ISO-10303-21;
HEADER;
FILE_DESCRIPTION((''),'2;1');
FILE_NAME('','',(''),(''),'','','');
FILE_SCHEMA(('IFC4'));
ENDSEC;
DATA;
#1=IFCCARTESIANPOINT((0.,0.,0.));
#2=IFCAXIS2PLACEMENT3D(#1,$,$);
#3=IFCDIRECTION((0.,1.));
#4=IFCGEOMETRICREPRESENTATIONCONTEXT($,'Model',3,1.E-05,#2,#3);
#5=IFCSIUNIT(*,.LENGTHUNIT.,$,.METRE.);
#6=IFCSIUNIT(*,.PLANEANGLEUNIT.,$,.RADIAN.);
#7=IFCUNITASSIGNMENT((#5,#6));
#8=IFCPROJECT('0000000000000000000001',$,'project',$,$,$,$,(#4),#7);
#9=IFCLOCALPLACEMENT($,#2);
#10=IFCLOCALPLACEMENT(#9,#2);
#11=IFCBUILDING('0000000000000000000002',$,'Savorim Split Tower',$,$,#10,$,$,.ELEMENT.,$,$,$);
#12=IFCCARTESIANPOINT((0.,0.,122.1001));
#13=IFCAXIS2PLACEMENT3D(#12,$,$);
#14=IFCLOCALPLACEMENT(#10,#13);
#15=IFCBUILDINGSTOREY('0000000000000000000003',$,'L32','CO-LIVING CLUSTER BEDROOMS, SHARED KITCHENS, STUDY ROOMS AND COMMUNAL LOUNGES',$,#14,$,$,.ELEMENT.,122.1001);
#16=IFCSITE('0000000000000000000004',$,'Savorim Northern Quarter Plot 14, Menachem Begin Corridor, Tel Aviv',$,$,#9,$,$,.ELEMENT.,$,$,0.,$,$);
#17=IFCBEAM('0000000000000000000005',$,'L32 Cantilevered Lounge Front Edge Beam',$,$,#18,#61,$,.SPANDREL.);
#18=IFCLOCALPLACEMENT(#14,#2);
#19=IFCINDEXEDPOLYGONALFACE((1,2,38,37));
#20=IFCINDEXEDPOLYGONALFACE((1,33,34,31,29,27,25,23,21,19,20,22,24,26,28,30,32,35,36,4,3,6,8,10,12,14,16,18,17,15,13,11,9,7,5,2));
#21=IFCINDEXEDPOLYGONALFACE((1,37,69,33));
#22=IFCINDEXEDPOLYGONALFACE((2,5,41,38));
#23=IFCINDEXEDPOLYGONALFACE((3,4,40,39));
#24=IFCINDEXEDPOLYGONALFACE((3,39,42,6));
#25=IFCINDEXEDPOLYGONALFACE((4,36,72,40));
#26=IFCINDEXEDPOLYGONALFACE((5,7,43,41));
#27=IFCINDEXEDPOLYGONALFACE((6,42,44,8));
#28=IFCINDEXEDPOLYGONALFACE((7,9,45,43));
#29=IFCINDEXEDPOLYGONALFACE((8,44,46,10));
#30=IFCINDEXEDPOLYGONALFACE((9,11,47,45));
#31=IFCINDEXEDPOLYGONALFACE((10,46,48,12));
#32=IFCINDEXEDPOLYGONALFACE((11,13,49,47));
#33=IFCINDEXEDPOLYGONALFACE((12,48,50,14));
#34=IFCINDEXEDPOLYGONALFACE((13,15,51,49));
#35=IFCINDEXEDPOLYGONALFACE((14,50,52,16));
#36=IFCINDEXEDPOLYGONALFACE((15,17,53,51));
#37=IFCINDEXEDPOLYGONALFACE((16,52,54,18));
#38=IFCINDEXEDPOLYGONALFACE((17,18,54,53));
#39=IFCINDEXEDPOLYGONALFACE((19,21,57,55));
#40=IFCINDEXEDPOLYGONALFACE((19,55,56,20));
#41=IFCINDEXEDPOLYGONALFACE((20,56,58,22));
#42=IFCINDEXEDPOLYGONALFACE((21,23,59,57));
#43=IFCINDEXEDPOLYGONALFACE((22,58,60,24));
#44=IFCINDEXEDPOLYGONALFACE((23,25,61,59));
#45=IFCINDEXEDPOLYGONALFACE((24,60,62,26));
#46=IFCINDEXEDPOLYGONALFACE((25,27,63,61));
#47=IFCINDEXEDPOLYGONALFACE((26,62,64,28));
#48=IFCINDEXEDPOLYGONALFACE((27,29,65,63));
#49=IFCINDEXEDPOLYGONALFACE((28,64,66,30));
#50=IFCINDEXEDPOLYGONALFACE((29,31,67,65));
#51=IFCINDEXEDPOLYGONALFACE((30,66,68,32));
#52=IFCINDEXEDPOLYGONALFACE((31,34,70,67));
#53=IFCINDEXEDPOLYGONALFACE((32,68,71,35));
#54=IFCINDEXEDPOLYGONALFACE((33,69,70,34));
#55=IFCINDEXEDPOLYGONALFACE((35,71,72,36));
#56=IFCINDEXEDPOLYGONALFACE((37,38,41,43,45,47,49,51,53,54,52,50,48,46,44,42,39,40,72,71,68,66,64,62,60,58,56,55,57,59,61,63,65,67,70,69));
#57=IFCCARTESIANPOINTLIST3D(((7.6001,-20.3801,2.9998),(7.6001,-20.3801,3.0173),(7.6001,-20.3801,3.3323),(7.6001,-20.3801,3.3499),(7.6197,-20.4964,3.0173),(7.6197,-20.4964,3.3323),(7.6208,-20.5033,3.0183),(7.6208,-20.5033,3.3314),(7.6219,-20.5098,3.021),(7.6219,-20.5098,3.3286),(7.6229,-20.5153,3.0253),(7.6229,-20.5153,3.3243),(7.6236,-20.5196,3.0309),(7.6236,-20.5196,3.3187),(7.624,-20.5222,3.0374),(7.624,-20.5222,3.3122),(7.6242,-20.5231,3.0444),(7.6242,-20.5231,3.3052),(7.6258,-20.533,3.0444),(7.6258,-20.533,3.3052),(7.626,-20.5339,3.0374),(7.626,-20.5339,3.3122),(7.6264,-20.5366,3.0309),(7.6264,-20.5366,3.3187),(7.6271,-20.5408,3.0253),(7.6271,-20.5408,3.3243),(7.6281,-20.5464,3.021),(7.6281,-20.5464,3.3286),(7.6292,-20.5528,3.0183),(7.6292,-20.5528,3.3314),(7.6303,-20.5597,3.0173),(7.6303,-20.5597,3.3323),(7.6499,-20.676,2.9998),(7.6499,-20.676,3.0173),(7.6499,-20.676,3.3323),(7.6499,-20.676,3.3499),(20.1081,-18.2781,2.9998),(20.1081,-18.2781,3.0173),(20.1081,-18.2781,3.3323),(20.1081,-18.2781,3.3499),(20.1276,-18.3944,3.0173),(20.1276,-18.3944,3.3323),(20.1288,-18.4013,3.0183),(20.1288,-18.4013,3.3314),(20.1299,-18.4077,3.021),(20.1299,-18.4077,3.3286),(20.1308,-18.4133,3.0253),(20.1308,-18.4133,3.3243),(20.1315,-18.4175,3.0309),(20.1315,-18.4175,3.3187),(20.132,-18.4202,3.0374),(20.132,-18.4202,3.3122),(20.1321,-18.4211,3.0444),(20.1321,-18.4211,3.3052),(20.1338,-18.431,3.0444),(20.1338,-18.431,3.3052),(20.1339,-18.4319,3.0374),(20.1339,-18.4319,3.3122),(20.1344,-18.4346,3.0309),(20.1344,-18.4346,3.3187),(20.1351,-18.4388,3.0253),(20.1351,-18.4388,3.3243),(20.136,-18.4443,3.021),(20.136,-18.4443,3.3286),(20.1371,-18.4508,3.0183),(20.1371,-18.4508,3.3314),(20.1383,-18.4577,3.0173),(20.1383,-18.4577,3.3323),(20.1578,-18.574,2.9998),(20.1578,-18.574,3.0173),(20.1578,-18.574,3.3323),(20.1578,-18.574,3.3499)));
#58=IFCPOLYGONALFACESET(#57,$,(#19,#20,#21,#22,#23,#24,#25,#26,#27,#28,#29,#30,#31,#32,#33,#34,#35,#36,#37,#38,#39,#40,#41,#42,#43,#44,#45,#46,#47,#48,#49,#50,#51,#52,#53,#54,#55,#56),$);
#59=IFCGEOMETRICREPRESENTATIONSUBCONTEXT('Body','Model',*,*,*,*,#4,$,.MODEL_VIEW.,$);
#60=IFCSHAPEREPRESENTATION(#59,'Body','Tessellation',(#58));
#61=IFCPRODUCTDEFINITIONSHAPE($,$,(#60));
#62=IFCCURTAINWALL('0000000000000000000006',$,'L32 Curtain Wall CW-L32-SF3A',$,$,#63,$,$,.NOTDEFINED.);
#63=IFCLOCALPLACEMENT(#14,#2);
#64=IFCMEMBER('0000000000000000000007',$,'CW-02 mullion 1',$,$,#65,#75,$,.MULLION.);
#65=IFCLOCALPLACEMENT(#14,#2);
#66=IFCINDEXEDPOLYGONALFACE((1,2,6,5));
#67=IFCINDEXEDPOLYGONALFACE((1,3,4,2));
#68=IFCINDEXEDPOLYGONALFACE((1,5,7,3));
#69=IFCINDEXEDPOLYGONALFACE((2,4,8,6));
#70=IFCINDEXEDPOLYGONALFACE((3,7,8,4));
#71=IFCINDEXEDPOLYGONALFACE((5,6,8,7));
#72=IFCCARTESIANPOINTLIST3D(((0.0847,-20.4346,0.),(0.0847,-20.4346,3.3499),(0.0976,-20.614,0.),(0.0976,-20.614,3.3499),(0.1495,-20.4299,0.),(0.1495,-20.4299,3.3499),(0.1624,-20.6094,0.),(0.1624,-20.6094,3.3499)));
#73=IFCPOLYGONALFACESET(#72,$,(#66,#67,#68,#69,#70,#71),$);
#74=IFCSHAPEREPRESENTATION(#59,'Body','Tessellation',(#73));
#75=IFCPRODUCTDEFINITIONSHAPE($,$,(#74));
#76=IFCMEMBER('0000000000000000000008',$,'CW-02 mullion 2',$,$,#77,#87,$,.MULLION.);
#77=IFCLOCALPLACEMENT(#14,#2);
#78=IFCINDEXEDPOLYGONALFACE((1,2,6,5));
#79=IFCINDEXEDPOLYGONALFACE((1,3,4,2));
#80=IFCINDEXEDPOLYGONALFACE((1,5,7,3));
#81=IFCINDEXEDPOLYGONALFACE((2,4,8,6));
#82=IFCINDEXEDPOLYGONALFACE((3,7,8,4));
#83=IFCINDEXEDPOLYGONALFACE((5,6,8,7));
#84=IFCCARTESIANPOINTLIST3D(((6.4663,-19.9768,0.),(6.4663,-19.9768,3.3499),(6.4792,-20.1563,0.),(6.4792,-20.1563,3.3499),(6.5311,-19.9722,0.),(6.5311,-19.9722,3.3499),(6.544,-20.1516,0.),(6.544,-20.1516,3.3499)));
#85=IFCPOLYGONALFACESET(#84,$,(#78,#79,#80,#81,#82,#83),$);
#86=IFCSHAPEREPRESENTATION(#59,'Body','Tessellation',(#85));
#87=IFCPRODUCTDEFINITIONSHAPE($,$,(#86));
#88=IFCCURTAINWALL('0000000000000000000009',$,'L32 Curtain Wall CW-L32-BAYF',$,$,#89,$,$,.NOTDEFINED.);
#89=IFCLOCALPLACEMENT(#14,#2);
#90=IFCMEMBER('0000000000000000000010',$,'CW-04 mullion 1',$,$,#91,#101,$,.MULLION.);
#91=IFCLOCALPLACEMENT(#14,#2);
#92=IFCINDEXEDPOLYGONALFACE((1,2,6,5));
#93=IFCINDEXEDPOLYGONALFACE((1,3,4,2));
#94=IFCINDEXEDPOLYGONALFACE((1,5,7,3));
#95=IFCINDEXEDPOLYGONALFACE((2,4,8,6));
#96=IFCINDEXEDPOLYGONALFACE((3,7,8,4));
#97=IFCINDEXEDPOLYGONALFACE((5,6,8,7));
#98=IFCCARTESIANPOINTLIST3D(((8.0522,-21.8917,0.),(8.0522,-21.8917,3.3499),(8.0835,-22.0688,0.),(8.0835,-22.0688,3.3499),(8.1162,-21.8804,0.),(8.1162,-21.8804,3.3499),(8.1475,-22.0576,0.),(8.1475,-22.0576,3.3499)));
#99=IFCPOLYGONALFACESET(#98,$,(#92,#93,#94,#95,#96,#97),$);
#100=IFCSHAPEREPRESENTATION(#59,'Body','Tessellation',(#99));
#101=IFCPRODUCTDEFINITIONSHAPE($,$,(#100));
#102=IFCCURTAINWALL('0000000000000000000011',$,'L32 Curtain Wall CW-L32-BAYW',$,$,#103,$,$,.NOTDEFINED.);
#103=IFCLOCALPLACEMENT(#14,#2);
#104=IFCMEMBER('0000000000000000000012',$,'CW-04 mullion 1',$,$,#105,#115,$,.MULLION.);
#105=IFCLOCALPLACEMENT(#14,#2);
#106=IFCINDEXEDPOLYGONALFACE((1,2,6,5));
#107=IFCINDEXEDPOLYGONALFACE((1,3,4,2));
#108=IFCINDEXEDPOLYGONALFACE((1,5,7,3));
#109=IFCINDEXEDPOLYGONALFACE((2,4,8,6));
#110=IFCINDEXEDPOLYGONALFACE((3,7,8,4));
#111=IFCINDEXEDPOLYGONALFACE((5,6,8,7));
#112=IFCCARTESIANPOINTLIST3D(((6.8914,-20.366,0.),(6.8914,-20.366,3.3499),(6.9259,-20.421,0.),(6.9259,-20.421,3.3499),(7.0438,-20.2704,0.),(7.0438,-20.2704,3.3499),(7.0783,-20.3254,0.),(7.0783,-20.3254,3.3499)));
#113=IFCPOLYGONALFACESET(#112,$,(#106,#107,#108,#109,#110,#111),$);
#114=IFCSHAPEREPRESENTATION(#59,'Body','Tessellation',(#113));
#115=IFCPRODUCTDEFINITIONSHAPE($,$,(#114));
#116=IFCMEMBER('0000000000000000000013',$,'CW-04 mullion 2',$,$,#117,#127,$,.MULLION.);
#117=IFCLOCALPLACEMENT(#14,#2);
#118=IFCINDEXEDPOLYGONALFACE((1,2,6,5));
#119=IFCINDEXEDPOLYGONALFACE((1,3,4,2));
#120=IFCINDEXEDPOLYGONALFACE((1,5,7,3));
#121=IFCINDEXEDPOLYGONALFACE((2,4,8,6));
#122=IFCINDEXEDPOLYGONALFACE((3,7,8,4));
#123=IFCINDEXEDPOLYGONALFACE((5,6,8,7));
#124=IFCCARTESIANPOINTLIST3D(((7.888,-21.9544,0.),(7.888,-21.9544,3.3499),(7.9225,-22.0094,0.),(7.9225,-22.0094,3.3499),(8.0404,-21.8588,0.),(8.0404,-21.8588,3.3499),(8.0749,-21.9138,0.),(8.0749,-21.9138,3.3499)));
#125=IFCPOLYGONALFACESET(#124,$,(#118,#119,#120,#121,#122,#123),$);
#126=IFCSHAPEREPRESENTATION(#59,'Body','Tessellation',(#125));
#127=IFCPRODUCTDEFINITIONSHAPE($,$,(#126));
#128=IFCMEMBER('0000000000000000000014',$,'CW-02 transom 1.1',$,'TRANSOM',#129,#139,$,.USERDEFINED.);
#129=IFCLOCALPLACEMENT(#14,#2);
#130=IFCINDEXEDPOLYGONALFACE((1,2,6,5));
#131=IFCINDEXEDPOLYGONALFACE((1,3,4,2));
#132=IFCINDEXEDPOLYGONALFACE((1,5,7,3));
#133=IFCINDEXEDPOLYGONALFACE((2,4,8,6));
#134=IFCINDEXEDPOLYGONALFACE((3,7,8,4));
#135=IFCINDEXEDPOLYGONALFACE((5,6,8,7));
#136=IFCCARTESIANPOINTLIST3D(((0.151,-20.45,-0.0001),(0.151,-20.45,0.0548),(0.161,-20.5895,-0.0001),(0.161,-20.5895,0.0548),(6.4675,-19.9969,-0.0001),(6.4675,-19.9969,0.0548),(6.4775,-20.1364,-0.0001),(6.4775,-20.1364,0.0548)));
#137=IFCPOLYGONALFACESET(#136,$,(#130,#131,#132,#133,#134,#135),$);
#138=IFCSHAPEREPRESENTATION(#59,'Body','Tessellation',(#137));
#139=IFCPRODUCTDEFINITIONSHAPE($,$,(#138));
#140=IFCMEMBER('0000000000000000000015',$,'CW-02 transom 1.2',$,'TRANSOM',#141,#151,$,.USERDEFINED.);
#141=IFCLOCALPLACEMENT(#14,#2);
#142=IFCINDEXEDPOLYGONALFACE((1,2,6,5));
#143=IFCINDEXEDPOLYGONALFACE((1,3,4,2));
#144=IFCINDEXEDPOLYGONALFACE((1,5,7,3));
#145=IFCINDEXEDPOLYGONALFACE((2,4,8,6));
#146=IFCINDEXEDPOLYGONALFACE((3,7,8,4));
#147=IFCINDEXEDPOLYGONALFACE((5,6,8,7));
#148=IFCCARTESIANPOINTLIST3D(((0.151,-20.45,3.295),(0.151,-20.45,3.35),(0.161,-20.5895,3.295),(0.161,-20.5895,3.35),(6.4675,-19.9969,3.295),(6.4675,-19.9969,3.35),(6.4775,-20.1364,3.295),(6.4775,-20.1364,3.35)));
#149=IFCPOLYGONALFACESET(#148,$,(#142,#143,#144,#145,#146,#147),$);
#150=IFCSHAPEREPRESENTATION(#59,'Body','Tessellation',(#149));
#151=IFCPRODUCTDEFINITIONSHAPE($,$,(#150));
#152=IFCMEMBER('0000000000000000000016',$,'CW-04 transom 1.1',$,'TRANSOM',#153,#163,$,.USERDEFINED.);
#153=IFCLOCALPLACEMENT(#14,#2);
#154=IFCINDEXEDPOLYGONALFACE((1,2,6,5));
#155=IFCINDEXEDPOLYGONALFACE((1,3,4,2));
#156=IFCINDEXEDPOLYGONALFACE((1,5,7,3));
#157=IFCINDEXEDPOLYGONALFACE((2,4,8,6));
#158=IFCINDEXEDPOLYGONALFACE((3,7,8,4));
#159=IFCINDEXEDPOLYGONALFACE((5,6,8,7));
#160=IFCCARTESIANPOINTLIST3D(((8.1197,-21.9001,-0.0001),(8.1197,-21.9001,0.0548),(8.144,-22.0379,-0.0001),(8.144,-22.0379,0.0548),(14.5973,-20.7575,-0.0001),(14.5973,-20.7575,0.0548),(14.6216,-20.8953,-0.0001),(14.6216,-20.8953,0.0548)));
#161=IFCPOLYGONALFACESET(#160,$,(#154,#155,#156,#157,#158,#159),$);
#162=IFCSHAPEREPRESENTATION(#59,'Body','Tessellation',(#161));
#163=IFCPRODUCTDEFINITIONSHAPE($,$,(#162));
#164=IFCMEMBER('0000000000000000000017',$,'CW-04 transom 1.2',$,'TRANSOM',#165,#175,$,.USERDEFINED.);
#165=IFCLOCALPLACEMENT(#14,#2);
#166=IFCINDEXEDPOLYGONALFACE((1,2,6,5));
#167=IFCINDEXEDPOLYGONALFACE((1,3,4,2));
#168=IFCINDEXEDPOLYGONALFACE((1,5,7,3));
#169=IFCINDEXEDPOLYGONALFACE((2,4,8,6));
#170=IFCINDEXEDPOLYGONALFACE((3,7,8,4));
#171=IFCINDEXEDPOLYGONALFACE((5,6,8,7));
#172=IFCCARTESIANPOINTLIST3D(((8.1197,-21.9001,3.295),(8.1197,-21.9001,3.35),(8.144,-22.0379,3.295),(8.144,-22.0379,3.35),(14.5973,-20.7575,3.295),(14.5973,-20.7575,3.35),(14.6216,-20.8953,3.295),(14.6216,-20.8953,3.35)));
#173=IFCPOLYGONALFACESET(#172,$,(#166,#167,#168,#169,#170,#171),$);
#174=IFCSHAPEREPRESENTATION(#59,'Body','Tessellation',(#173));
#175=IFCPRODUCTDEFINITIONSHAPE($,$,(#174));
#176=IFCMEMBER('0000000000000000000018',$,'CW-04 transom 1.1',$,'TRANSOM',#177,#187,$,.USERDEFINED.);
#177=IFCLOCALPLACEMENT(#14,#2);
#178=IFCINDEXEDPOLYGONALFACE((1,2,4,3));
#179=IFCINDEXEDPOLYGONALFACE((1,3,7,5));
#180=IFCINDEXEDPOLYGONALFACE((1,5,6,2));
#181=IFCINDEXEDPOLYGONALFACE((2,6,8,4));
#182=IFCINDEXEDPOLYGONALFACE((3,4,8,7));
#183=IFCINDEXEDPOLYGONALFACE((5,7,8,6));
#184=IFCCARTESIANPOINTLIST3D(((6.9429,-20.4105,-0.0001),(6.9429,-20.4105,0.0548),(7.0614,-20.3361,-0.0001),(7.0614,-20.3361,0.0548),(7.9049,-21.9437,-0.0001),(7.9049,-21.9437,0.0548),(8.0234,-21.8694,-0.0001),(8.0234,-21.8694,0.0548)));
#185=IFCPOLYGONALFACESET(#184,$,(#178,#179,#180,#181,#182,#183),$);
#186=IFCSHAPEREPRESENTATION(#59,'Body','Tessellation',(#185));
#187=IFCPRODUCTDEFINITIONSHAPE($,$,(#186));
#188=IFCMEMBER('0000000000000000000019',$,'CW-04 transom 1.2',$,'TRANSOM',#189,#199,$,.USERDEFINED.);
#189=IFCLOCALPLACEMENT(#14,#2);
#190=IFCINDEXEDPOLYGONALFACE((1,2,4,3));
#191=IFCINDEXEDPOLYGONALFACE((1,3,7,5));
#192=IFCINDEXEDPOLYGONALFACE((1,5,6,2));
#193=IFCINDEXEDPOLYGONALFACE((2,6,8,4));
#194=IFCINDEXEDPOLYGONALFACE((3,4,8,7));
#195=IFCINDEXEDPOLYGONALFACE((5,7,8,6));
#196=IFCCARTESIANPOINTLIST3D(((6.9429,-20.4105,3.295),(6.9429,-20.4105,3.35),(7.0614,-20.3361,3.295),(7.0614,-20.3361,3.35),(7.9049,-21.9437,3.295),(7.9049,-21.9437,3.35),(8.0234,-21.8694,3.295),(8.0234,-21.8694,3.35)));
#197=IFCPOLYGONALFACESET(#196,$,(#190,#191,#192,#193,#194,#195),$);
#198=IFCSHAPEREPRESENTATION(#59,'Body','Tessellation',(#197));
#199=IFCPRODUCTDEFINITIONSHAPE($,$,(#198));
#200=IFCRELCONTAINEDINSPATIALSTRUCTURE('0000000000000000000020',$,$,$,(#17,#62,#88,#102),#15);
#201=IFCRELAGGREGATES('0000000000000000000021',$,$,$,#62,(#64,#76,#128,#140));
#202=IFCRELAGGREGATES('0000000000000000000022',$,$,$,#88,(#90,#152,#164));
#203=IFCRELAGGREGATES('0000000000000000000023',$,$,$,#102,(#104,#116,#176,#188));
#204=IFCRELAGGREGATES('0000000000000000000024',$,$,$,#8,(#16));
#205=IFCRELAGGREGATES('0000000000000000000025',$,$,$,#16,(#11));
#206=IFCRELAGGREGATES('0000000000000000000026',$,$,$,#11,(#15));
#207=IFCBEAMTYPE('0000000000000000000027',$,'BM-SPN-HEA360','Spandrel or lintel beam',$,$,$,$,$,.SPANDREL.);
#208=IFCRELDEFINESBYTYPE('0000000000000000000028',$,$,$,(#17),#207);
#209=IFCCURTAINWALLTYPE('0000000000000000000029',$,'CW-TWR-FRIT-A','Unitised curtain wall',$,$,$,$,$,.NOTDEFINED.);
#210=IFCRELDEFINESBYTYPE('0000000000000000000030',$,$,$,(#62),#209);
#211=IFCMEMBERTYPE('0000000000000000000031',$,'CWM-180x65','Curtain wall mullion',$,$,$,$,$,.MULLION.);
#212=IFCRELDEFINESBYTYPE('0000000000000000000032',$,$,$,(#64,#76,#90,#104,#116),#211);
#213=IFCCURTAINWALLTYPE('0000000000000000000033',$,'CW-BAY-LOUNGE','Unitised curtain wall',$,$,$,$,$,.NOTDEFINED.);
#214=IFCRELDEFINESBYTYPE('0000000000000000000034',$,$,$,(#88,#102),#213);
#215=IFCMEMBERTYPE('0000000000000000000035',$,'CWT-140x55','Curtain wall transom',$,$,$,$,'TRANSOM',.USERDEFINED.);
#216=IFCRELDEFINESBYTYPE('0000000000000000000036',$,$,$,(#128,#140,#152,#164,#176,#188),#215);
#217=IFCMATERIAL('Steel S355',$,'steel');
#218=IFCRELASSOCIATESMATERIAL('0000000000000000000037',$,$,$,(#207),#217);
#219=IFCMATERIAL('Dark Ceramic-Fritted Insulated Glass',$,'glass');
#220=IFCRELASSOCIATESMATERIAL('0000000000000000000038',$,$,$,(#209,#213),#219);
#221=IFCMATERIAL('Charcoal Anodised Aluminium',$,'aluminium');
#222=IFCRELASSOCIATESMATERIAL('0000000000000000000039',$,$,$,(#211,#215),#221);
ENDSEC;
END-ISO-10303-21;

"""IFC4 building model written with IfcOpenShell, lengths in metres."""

from ifc_helpers import new_model, si_unit, direction, frame, origin, origin_2d, place, context, subcontext, project, spatial, rectangle, i_section, extrude, material, material_profile, profile_set, type_object, element, aggregate, save


model = new_model("IFC4")

# Units and contexts
model_context = context("Model", 3, precision=1e-05, world=origin(), true_north=direction((0.0, 1.0)))
body_context = subcontext(model_context, "Body", "Model", "MODEL_VIEW")
ifc_project = project(units=[si_unit("LENGTHUNIT", "METRE"), si_unit("PLANEANGLEUNIT", "RADIAN")], contexts=[model_context])

# Site, building, storey
site_placement = place(None, origin())
site = spatial("IfcSite", under=ifc_project, at=site_placement, Name="Savorim Northern Quarter Plot 14, Menachem Begin Corridor, Tel Aviv", CompositionType="ELEMENT", RefElevation=0.0)
building_placement = place(site_placement, origin())
building = spatial("IfcBuilding", under=site, at=building_placement, Name="Savorim Split Tower", CompositionType="ELEMENT")
storey_placement = place(building_placement, frame((0.0, 0.0, 122.1001)))
storey = spatial("IfcBuildingStorey", under=building, at=storey_placement, Name="L32", Description="CO-LIVING CLUSTER BEDROOMS, SHARED KITCHENS, STUDY ROOMS AND COMMUNAL LOUNGES", CompositionType="ELEMENT", Elevation=122.1001)

# Beam
ifc_material_1 = material(Name="Steel S355", Category="steel")
ifc_material_profile_1 = material_profile(ifc_material_1, i_section(OverallWidth=0.3, OverallDepth=0.3501, WebThickness=0.01, FlangeThickness=0.0176, FilletRadius=0.0271, at=origin_2d()), Name="HEA 360")
ifc_profile_set_1 = profile_set([ifc_material_profile_1], Name="Steel S355")
beam_type = type_object("IfcBeamType", Name="BM-SPN-HEA360", Description="Spandrel or lintel beam", PredefinedType="SPANDREL", material=ifc_profile_set_1)
beam_placement = place(storey_placement, frame((7.625, -20.5281, 3.1748), z_axis=(0.986171, 0.165732, 0.0), x_axis=(-0.165732, 0.986171, 0.0)))
element("IfcBeam", 1, at=beam_placement, inside=storey, type_object=beam_type, Name="L32 Cantilevered Lounge Front Edge Beam", PredefinedType="SPANDREL", context=body_context, shape_type="SweptSolid", body=[
    extrude(i_section(OverallWidth=0.3, OverallDepth=0.3501, WebThickness=0.01, FlangeThickness=0.0176, FilletRadius=0.0271, at=origin_2d()), origin(), (0.0, 0.0, 1.0), 12.6833),
])

# Curtain wall, members
ifc_material_2 = material(Name="Dark Ceramic-Fritted Insulated Glass", Category="glass")
curtain_wall_type_1 = type_object("IfcCurtainWallType", Name="CW-TWR-FRIT-A", Description="Unitised curtain wall", PredefinedType="NOTDEFINED", material=ifc_material_2)
curtain_wall_1_placement = place(storey_placement, origin())
curtain_wall_1 = element("IfcCurtainWall", 2, at=curtain_wall_1_placement, inside=storey, type_object=curtain_wall_type_1, Name="L32 Curtain Wall CW-L32-SF3A", PredefinedType="NOTDEFINED")
ifc_material_3 = material(Name="Charcoal Anodised Aluminium", Category="aluminium")
ifc_material_profile_2 = material_profile(ifc_material_3, rectangle(XDim=0.1799, YDim=0.0649, at=origin_2d()), Name="ALU-M 180x65")
ifc_profile_set_2 = profile_set([ifc_material_profile_2], Name="Charcoal Anodised Aluminium")
member_type_1 = type_object("IfcMemberType", Name="CWM-180x65", Description="Curtain wall mullion", PredefinedType="MULLION", material=ifc_profile_set_2)
member_1_placement = place(storey_placement, frame((0.1235, -20.522, 0.0), z_axis=(0.0, 0.0, 1.0), x_axis=(-0.071563, 0.997436, 0.0)))
member_1 = element("IfcMember", 3, at=member_1_placement, type_object=member_type_1, Name="CW-02 mullion 1", PredefinedType="MULLION", context=body_context, shape_type="SweptSolid", body=[
    extrude(rectangle(XDim=0.1799, YDim=0.0649, at=origin_2d()), origin(), (0.0, 0.0, 1.0), 3.3499),
])
member_2_placement = place(storey_placement, frame((6.5051, -20.0642, 0.0), z_axis=(0.0, 0.0, 1.0), x_axis=(-0.071563, 0.997436, 0.0)))
member_2 = element("IfcMember", 4, at=member_2_placement, type_object=member_type_1, Name="CW-02 mullion 2", PredefinedType="MULLION", context=body_context, shape_type="SweptSolid", body=[
    extrude(rectangle(XDim=0.1799, YDim=0.0649, at=origin_2d()), origin(), (0.0, 0.0, 1.0), 3.3499),
])

# Curtain wall, member
curtain_wall_type_2 = type_object("IfcCurtainWallType", Name="CW-BAY-LOUNGE", Description="Unitised curtain wall", PredefinedType="NOTDEFINED", material=ifc_material_2)
curtain_wall_2_placement = place(storey_placement, origin())
curtain_wall_2 = element("IfcCurtainWall", 5, at=curtain_wall_2_placement, inside=storey, type_object=curtain_wall_type_2, Name="L32 Curtain Wall CW-L32-BAYF", PredefinedType="NOTDEFINED")
member_3_placement = place(storey_placement, frame((8.0999, -21.9746, 0.0), z_axis=(0.0, 0.0, 1.0), x_axis=(-0.173703, 0.984798, 0.0)))
member_3 = element("IfcMember", 6, at=member_3_placement, type_object=member_type_1, Name="CW-04 mullion 1", PredefinedType="MULLION", context=body_context, shape_type="SweptSolid", body=[
    extrude(rectangle(XDim=0.1799, YDim=0.0649, at=origin_2d()), origin(), (0.0, 0.0, 1.0), 3.3499),
])

# Curtain wall, members
curtain_wall_3_placement = place(storey_placement, origin())
curtain_wall_3 = element("IfcCurtainWall", 7, at=curtain_wall_3_placement, inside=storey, type_object=curtain_wall_type_2, Name="L32 Curtain Wall CW-L32-BAYW", PredefinedType="NOTDEFINED")
member_4_placement = place(storey_placement, frame((6.9849, -20.3457, 0.0), z_axis=(0.0, 0.0, 1.0), x_axis=(0.847099, 0.531435, 0.0)))
member_4 = element("IfcMember", 8, at=member_4_placement, type_object=member_type_1, Name="CW-04 mullion 1", PredefinedType="MULLION", context=body_context, shape_type="SweptSolid", body=[
    extrude(rectangle(XDim=0.1799, YDim=0.0649, at=origin_2d()), origin(), (0.0, 0.0, 1.0), 3.3499),
])
member_5_placement = place(storey_placement, frame((7.9814, -21.9341, 0.0), z_axis=(0.0, 0.0, 1.0), x_axis=(0.847099, 0.531435, 0.0)))
member_5 = element("IfcMember", 9, at=member_5_placement, type_object=member_type_1, Name="CW-04 mullion 2", PredefinedType="MULLION", context=body_context, shape_type="SweptSolid", body=[
    extrude(rectangle(XDim=0.1799, YDim=0.0649, at=origin_2d()), origin(), (0.0, 0.0, 1.0), 3.3499),
])

# Members
ifc_material_profile_3 = material_profile(ifc_material_3, rectangle(XDim=0.1399, YDim=0.0549, at=origin_2d()), Name="ALU-T 140x55")
ifc_profile_set_3 = profile_set([ifc_material_profile_3], Name="Charcoal Anodised Aluminium")
member_type_2 = type_object("IfcMemberType", Name="CWT-140x55", Description="Curtain wall transom", ElementType="TRANSOM", PredefinedType="USERDEFINED", material=ifc_profile_set_3)
member_6_placement = place(storey_placement, frame((0.156, -20.5198, 0.0273), z_axis=(0.997437, 0.071551, 0.0), x_axis=(-0.071551, 0.997437, 0.0)))
member_6 = element("IfcMember", 10, at=member_6_placement, type_object=member_type_2, Name="CW-02 transom 1.1", ObjectType="TRANSOM", PredefinedType="USERDEFINED", context=body_context, shape_type="SweptSolid", body=[
    extrude(rectangle(XDim=0.1399, YDim=0.0549, at=origin_2d()), origin(), (0.0, 0.0, 1.0), 6.3328),
])
member_7_placement = place(storey_placement, frame((0.156, -20.5198, 3.3225), z_axis=(0.997437, 0.071551, 0.0), x_axis=(-0.071551, 0.997437, 0.0)))
member_7 = element("IfcMember", 11, at=member_7_placement, type_object=member_type_2, Name="CW-02 transom 1.2", ObjectType="TRANSOM", PredefinedType="USERDEFINED", context=body_context, shape_type="SweptSolid", body=[
    extrude(rectangle(XDim=0.1399, YDim=0.0549, at=origin_2d()), origin(), (0.0, 0.0, 1.0), 6.3328),
])
member_8_placement = place(storey_placement, frame((8.1318, -21.969, 0.0273), z_axis=(0.984797, 0.173709, 0.0), x_axis=(-0.173709, 0.984797, 0.0)))
member_8 = element("IfcMember", 12, at=member_8_placement, type_object=member_type_2, Name="CW-04 transom 1.1", ObjectType="TRANSOM", PredefinedType="USERDEFINED", context=body_context, shape_type="SweptSolid", body=[
    extrude(rectangle(XDim=0.1399, YDim=0.0549, at=origin_2d()), origin(), (0.0, 0.0, 1.0), 6.5776),
])
member_9_placement = place(storey_placement, frame((8.1318, -21.969, 3.3225), z_axis=(0.984797, 0.173709, 0.0), x_axis=(-0.173709, 0.984797, 0.0)))
member_9 = element("IfcMember", 13, at=member_9_placement, type_object=member_type_2, Name="CW-04 transom 1.2", ObjectType="TRANSOM", PredefinedType="USERDEFINED", context=body_context, shape_type="SweptSolid", body=[
    extrude(rectangle(XDim=0.1399, YDim=0.0549, at=origin_2d()), origin(), (0.0, 0.0, 1.0), 6.5776),
])
member_10_placement = place(storey_placement, frame((7.0022, -20.3733, 0.0273), z_axis=(0.531453, -0.847088, 0.0), x_axis=(0.847088, 0.531453, 0.0)))
member_10 = element("IfcMember", 14, at=member_10_placement, type_object=member_type_2, Name="CW-04 transom 1.1", ObjectType="TRANSOM", PredefinedType="USERDEFINED", context=body_context, shape_type="SweptSolid", body=[
    extrude(rectangle(XDim=0.1399, YDim=0.0549, at=origin_2d()), origin(), (0.0, 0.0, 1.0), 1.8101),
])
member_11_placement = place(storey_placement, frame((7.0022, -20.3733, 3.3225), z_axis=(0.531453, -0.847088, 0.0), x_axis=(0.847088, 0.531453, 0.0)))
member_11 = element("IfcMember", 15, at=member_11_placement, type_object=member_type_2, Name="CW-04 transom 1.2", ObjectType="TRANSOM", PredefinedType="USERDEFINED", context=body_context, shape_type="SweptSolid", body=[
    extrude(rectangle(XDim=0.1399, YDim=0.0549, at=origin_2d()), origin(), (0.0, 0.0, 1.0), 1.8101),
])

aggregate(curtain_wall_1, [member_1, member_2, member_6, member_7])
aggregate(curtain_wall_2, [member_3, member_8, member_9])
aggregate(curtain_wall_3, [member_4, member_5, member_10, member_11])

save(model, "model.ifc")
